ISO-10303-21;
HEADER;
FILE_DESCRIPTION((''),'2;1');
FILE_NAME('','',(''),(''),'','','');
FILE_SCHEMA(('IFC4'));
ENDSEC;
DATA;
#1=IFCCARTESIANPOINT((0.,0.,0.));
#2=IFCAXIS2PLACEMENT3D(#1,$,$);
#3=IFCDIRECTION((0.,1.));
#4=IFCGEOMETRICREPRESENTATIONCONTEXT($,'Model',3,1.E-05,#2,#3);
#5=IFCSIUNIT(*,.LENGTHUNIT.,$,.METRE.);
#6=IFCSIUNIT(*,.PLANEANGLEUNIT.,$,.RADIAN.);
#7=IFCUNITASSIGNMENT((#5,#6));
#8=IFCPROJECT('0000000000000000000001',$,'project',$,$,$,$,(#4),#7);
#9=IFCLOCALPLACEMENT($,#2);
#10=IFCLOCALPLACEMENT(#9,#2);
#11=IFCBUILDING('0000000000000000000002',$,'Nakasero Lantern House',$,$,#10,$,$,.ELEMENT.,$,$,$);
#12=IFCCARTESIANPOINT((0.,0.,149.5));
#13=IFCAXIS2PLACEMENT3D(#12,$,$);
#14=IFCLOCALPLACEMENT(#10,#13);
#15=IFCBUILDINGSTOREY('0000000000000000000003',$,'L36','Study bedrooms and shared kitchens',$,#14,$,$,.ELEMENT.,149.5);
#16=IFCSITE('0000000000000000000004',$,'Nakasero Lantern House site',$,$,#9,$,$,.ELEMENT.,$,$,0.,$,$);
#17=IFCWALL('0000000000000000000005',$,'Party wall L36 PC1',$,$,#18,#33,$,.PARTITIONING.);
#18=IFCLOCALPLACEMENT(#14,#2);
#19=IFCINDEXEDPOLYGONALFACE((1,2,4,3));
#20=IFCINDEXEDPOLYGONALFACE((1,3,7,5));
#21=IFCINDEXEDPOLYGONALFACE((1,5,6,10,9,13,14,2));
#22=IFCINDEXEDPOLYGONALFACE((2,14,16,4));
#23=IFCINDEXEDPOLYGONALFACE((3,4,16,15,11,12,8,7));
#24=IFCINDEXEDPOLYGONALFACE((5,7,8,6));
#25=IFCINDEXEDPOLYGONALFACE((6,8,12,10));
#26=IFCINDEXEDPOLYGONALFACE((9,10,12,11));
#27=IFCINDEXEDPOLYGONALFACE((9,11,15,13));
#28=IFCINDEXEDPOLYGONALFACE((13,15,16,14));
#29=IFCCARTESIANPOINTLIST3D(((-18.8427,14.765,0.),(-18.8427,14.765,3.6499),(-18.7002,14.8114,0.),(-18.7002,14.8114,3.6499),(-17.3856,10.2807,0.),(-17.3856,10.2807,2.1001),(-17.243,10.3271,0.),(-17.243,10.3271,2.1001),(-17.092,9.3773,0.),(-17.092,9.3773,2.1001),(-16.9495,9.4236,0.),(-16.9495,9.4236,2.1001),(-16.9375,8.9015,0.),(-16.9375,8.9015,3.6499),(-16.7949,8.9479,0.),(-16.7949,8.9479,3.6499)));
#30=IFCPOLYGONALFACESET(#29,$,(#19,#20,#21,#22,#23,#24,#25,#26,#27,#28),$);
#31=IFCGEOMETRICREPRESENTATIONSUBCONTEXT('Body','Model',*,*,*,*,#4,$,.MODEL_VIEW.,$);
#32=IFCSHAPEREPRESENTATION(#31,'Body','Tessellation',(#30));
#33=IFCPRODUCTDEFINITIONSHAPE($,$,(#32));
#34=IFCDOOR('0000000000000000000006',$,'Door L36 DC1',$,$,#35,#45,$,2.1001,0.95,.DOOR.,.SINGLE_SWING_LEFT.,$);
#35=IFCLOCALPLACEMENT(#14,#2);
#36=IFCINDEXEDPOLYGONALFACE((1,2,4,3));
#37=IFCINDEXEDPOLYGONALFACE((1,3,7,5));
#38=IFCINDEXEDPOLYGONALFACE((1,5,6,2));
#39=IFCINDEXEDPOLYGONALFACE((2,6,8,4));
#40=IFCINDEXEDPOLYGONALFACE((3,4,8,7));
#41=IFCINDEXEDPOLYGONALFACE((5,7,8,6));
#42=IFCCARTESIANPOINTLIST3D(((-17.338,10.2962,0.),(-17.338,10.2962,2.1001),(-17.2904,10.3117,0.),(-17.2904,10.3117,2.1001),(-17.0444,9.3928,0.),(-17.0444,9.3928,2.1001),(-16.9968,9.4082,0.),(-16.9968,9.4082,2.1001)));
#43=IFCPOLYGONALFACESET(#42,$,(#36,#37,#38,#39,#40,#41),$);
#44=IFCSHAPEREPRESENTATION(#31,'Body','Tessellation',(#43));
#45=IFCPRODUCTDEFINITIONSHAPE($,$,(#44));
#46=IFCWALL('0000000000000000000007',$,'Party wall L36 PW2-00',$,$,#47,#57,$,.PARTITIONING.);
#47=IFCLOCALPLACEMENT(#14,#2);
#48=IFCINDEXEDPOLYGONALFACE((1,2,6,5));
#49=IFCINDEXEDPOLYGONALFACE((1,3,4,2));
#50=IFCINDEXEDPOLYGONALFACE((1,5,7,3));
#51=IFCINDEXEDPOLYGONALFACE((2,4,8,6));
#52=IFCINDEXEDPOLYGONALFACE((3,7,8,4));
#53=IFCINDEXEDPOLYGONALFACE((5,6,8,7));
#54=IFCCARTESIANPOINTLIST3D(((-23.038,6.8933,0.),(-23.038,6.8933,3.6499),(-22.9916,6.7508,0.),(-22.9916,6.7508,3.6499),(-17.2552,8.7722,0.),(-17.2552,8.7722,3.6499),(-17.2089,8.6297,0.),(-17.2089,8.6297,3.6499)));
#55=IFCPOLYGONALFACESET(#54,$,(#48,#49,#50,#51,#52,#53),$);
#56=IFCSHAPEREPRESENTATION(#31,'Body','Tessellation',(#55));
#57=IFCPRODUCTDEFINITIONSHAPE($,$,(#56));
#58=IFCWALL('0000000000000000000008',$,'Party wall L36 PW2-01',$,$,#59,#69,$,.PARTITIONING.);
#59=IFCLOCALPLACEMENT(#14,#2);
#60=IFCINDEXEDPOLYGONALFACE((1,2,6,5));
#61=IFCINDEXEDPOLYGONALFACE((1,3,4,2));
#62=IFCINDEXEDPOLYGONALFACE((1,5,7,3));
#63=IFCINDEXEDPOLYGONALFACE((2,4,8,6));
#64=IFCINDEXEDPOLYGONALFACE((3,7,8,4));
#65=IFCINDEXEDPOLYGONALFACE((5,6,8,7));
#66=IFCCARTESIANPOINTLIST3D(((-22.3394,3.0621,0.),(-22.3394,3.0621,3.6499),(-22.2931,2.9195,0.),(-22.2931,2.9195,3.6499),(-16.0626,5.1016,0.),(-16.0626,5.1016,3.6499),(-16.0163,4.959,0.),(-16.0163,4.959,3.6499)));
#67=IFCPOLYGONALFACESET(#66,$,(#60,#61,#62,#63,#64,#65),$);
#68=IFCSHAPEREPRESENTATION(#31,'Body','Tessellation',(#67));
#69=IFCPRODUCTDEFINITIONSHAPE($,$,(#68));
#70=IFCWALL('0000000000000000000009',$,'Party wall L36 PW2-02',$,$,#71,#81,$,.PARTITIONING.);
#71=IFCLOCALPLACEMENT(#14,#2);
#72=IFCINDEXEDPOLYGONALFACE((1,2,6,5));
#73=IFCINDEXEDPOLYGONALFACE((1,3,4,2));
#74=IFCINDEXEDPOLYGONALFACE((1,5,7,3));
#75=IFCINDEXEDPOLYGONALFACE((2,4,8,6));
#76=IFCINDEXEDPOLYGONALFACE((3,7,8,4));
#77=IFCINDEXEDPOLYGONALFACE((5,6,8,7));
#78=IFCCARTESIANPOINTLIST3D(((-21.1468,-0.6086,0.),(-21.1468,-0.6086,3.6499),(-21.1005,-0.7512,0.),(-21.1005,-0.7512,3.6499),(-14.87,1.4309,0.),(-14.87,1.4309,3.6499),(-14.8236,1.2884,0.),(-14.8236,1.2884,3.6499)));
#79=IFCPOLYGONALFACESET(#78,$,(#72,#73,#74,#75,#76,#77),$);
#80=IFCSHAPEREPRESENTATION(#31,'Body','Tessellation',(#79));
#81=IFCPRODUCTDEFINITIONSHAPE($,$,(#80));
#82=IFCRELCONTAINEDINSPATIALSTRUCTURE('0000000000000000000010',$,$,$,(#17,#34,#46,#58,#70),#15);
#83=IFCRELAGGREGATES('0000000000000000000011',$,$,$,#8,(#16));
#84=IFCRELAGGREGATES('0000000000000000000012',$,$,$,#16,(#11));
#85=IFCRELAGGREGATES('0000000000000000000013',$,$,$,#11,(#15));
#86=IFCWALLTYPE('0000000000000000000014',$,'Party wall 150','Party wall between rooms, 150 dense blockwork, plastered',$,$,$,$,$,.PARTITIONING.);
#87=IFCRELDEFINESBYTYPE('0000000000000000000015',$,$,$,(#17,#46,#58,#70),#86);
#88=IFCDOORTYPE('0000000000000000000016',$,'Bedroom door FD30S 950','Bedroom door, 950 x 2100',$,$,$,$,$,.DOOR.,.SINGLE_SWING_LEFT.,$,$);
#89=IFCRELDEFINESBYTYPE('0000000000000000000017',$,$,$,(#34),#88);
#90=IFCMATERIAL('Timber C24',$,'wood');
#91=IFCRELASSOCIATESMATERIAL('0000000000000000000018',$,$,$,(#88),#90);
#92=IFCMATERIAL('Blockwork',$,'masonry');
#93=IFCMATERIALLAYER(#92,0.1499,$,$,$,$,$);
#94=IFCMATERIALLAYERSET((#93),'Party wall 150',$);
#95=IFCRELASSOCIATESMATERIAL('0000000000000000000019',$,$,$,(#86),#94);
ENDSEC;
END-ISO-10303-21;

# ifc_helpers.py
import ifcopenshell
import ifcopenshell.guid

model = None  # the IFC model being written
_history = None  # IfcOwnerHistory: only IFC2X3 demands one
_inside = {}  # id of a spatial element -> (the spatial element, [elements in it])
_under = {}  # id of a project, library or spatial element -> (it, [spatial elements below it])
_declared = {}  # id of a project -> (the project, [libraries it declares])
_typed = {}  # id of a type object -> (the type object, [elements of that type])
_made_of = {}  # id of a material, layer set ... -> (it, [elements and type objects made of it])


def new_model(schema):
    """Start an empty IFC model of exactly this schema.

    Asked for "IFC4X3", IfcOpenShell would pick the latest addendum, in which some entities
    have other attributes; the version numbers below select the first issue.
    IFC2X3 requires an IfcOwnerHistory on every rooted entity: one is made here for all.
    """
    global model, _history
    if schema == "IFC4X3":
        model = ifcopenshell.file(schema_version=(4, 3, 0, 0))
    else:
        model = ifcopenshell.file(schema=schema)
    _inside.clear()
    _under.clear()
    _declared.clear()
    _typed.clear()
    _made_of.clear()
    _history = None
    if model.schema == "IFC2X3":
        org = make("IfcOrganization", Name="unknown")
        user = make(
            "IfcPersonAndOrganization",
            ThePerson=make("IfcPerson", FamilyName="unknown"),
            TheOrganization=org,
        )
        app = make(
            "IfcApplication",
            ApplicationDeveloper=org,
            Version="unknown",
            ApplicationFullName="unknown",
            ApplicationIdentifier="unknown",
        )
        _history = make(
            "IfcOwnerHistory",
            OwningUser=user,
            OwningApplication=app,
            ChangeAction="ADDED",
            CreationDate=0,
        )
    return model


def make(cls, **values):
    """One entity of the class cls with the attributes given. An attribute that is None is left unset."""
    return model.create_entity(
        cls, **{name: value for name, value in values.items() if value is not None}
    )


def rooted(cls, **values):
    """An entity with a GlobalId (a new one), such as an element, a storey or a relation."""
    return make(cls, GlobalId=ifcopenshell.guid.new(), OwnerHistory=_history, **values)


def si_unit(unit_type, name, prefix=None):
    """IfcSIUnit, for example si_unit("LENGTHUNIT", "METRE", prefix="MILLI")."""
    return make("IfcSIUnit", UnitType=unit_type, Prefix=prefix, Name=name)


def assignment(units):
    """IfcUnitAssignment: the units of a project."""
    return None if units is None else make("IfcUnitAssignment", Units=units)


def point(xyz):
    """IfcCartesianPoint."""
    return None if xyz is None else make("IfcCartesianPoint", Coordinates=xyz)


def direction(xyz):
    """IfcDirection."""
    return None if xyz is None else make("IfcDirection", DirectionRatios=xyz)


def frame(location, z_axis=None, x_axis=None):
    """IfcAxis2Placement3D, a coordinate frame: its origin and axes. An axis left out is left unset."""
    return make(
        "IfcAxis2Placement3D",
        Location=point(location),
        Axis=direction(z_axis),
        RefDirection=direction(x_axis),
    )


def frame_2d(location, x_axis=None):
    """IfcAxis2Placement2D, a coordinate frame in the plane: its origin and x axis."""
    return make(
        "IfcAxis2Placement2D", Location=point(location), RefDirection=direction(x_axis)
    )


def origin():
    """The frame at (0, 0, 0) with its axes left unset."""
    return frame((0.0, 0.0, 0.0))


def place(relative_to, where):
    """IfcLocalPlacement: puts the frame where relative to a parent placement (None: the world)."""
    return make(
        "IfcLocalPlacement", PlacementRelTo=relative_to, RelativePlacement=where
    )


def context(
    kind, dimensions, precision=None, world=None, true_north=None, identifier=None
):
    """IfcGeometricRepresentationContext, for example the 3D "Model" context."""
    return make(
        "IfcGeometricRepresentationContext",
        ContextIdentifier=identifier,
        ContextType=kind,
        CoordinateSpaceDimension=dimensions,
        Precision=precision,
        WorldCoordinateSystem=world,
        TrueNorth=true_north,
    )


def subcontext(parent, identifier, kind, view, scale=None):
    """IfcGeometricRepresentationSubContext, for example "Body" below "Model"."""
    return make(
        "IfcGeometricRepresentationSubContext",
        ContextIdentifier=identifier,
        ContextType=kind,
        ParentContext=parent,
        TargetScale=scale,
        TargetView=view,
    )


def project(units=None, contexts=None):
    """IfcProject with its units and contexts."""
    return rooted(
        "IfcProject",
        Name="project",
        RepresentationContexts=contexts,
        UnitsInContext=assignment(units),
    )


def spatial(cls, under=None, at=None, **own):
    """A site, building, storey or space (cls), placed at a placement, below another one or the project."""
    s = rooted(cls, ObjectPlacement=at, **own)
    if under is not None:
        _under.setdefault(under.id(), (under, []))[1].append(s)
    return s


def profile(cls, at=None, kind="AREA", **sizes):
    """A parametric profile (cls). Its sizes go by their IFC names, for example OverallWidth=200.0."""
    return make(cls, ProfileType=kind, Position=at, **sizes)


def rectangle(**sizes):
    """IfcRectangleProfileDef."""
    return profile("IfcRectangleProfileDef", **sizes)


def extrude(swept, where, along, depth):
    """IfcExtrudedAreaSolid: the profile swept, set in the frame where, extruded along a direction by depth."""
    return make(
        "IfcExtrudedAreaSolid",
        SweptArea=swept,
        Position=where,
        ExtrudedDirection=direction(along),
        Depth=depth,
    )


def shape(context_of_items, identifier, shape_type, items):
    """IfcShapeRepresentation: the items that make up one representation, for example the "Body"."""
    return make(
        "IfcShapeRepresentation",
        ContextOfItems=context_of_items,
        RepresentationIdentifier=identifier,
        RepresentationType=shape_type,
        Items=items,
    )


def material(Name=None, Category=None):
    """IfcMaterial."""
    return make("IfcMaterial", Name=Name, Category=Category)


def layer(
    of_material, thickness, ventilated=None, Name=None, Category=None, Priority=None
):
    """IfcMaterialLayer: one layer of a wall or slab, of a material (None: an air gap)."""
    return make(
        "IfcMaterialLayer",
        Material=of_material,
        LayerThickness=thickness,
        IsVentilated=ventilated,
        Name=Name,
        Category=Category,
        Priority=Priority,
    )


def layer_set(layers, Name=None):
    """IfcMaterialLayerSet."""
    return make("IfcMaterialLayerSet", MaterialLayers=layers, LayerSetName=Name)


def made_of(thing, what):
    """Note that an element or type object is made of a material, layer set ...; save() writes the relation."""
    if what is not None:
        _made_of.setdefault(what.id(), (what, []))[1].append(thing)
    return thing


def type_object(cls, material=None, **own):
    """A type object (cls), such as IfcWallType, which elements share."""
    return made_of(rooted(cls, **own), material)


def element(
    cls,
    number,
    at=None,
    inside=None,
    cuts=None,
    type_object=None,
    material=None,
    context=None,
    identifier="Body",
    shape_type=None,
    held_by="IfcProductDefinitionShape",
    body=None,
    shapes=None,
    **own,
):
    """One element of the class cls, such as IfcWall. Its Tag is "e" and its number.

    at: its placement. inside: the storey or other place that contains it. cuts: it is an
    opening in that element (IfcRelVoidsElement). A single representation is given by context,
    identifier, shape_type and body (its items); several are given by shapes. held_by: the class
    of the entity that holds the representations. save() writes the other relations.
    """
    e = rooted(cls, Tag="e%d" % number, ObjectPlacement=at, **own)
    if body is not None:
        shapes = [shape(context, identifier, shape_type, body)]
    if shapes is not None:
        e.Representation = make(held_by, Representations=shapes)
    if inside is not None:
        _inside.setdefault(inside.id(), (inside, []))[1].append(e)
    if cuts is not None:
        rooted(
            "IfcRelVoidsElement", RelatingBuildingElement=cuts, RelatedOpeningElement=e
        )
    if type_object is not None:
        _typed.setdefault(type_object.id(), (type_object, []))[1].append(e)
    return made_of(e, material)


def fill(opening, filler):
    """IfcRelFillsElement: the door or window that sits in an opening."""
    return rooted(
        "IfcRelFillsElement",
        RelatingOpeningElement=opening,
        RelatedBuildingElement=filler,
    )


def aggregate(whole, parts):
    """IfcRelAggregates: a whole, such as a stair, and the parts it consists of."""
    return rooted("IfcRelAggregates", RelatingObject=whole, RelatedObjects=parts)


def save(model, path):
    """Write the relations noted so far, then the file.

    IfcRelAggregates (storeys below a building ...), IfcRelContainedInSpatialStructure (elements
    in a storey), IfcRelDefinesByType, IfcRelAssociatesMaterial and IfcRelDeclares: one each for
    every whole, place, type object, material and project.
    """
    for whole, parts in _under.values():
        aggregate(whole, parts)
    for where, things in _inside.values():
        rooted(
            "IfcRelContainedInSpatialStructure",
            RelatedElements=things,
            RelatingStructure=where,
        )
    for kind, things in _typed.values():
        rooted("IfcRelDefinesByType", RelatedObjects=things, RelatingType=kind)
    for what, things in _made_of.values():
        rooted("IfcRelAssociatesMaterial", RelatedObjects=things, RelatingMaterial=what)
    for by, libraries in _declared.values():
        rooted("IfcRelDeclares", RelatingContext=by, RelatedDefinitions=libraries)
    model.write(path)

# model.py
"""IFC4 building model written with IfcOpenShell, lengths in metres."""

from ifc_helpers import new_model, si_unit, direction, frame, frame_2d, origin, place, context, subcontext, project, spatial, rectangle, extrude, material, layer, layer_set, type_object, element, fill, save


model = new_model("IFC4")

# Units and contexts
model_context = context("Model", 3, precision=1e-05, world=origin(), true_north=direction((0.0, 1.0)))
body_context = subcontext(model_context, "Body", "Model", "MODEL_VIEW")
ifc_project = project(units=[si_unit("LENGTHUNIT", "METRE"), si_unit("PLANEANGLEUNIT", "RADIAN")], contexts=[model_context])

# Site, building, storey
site_placement = place(None, origin())
site = spatial("IfcSite", under=ifc_project, at=site_placement, Name="Nakasero Lantern House site", CompositionType="ELEMENT", RefElevation=0.0)
building_placement = place(site_placement, origin())
building = spatial("IfcBuilding", under=site, at=building_placement, Name="Nakasero Lantern House", CompositionType="ELEMENT")
storey_placement = place(building_placement, frame((0.0, 0.0, 149.5)))
storey = spatial("IfcBuildingStorey", under=building, at=storey_placement, Name="L36", Description="Study bedrooms and shared kitchens", CompositionType="ELEMENT", Elevation=149.5)

# Shared definitions
ifc_material_1 = material(Name="Timber C24", Category="wood")
door_type_1 = type_object("IfcDoorType", Name="Bedroom door FD30S 950", Description="Bedroom door, 950 x 2100", OperationType="SINGLE_SWING_LEFT", PredefinedType="DOOR", material=ifc_material_1)

# Wall, opening, door
ifc_material_2 = material(Name="Blockwork", Category="masonry")
ifc_layer_1 = layer(ifc_material_2, 0.1499)
ifc_layer_set_1 = layer_set([ifc_layer_1], Name="Party wall 150")
wall_type_1 = type_object("IfcWallType", Name="Party wall 150", Description="Party wall between rooms, 150 dense blockwork, plastered", PredefinedType="PARTITIONING", material=ifc_layer_set_1)
wall_1_placement = place(storey_placement, frame((-16.8662, 8.9248, 0.0), z_axis=(0.0, 0.0, 1.0), x_axis=(-0.309031, 0.951052, 0.0)))
wall_1 = element("IfcWall", 1, at=wall_1_placement, inside=storey, type_object=wall_type_1, Name="Party wall L36 PC1", PredefinedType="PARTITIONING", context=body_context, shape_type="SweptSolid", body=[
    extrude(rectangle(XDim=6.1653, YDim=0.1499, at=frame_2d((3.0825, 0.0))), origin(), (0.0, 0.0, 1.0), 3.6499),
])
opening_1_placement = place(wall_1_placement, frame((0.5, 0.0, 0.0)))
opening_1 = element("IfcOpeningElement", 2, at=opening_1_placement, cuts=wall_1, PredefinedType="OPENING", context=body_context, shape_type="SweptSolid", body=[
    extrude(rectangle(XDim=0.95, YDim=2.1001, at=frame_2d((0.4751, 1.05))), frame((0.0, 0.095, 0.0), z_axis=(0.0, -1.0, 0.0), x_axis=(1.0, 0.0, 0.0)), (0.0, 0.0, 1.0), 0.1899),
])
door_1_placement = place(opening_1_placement, origin())
door_1 = element("IfcDoor", 3, at=door_1_placement, inside=storey, type_object=door_type_1, Name="Door L36 DC1", OperationType="SINGLE_SWING_LEFT", OverallHeight=2.1001, OverallWidth=0.95, PredefinedType="DOOR", context=body_context, shape_type="SweptSolid", body=[
    extrude(rectangle(XDim=0.95, YDim=2.1001, at=frame_2d((0.4751, 1.05))), frame((0.0, 0.0249, 0.0), z_axis=(0.0, -1.0, 0.0), x_axis=(1.0, 0.0, 0.0)), (0.0, 0.0, 1.0), 0.05),
])
fill(opening_1, door_1)

# Walls
wall_2_placement = place(storey_placement, frame((-17.2322, 8.7009, 0.0), z_axis=(0.0, 0.0, 1.0), x_axis=(-0.951057, -0.309015, 0.0)))
element("IfcWall", 4, at=wall_2_placement, inside=storey, type_object=wall_type_1, Name="Party wall L36 PW2-00", PredefinedType="PARTITIONING", context=body_context, shape_type="SweptSolid", body=[
    extrude(rectangle(XDim=6.0803, YDim=0.1499, at=frame_2d((3.04, 0.0))), origin(), (0.0, 0.0, 1.0), 3.6499),
])
for number, where, z_axis, x_axis, name in (
    (5, (-16.0396, 5.0303, 0.0), (0.0, 0.0, 1.0), (-0.951053, -0.309028, 0.0), "Party wall L36 PW2-01"),
    (6, (-14.8469, 1.3596, 0.0), (0.0, 0.0, 1.0), (-0.951053, -0.309028, 0.0), "Party wall L36 PW2-02"),
):
    element("IfcWall", number, at=place(storey_placement, frame(where, z_axis=z_axis, x_axis=x_axis)), inside=storey, type_object=wall_type_1, Name=name, PredefinedType="PARTITIONING", context=body_context, shape_type="SweptSolid", body=[
        extrude(rectangle(XDim=6.5999, YDim=0.1499, at=frame_2d((3.2998, 0.0))), origin(), (0.0, 0.0, 1.0), 3.6499),
    ])

save(model, "model.ifc")
